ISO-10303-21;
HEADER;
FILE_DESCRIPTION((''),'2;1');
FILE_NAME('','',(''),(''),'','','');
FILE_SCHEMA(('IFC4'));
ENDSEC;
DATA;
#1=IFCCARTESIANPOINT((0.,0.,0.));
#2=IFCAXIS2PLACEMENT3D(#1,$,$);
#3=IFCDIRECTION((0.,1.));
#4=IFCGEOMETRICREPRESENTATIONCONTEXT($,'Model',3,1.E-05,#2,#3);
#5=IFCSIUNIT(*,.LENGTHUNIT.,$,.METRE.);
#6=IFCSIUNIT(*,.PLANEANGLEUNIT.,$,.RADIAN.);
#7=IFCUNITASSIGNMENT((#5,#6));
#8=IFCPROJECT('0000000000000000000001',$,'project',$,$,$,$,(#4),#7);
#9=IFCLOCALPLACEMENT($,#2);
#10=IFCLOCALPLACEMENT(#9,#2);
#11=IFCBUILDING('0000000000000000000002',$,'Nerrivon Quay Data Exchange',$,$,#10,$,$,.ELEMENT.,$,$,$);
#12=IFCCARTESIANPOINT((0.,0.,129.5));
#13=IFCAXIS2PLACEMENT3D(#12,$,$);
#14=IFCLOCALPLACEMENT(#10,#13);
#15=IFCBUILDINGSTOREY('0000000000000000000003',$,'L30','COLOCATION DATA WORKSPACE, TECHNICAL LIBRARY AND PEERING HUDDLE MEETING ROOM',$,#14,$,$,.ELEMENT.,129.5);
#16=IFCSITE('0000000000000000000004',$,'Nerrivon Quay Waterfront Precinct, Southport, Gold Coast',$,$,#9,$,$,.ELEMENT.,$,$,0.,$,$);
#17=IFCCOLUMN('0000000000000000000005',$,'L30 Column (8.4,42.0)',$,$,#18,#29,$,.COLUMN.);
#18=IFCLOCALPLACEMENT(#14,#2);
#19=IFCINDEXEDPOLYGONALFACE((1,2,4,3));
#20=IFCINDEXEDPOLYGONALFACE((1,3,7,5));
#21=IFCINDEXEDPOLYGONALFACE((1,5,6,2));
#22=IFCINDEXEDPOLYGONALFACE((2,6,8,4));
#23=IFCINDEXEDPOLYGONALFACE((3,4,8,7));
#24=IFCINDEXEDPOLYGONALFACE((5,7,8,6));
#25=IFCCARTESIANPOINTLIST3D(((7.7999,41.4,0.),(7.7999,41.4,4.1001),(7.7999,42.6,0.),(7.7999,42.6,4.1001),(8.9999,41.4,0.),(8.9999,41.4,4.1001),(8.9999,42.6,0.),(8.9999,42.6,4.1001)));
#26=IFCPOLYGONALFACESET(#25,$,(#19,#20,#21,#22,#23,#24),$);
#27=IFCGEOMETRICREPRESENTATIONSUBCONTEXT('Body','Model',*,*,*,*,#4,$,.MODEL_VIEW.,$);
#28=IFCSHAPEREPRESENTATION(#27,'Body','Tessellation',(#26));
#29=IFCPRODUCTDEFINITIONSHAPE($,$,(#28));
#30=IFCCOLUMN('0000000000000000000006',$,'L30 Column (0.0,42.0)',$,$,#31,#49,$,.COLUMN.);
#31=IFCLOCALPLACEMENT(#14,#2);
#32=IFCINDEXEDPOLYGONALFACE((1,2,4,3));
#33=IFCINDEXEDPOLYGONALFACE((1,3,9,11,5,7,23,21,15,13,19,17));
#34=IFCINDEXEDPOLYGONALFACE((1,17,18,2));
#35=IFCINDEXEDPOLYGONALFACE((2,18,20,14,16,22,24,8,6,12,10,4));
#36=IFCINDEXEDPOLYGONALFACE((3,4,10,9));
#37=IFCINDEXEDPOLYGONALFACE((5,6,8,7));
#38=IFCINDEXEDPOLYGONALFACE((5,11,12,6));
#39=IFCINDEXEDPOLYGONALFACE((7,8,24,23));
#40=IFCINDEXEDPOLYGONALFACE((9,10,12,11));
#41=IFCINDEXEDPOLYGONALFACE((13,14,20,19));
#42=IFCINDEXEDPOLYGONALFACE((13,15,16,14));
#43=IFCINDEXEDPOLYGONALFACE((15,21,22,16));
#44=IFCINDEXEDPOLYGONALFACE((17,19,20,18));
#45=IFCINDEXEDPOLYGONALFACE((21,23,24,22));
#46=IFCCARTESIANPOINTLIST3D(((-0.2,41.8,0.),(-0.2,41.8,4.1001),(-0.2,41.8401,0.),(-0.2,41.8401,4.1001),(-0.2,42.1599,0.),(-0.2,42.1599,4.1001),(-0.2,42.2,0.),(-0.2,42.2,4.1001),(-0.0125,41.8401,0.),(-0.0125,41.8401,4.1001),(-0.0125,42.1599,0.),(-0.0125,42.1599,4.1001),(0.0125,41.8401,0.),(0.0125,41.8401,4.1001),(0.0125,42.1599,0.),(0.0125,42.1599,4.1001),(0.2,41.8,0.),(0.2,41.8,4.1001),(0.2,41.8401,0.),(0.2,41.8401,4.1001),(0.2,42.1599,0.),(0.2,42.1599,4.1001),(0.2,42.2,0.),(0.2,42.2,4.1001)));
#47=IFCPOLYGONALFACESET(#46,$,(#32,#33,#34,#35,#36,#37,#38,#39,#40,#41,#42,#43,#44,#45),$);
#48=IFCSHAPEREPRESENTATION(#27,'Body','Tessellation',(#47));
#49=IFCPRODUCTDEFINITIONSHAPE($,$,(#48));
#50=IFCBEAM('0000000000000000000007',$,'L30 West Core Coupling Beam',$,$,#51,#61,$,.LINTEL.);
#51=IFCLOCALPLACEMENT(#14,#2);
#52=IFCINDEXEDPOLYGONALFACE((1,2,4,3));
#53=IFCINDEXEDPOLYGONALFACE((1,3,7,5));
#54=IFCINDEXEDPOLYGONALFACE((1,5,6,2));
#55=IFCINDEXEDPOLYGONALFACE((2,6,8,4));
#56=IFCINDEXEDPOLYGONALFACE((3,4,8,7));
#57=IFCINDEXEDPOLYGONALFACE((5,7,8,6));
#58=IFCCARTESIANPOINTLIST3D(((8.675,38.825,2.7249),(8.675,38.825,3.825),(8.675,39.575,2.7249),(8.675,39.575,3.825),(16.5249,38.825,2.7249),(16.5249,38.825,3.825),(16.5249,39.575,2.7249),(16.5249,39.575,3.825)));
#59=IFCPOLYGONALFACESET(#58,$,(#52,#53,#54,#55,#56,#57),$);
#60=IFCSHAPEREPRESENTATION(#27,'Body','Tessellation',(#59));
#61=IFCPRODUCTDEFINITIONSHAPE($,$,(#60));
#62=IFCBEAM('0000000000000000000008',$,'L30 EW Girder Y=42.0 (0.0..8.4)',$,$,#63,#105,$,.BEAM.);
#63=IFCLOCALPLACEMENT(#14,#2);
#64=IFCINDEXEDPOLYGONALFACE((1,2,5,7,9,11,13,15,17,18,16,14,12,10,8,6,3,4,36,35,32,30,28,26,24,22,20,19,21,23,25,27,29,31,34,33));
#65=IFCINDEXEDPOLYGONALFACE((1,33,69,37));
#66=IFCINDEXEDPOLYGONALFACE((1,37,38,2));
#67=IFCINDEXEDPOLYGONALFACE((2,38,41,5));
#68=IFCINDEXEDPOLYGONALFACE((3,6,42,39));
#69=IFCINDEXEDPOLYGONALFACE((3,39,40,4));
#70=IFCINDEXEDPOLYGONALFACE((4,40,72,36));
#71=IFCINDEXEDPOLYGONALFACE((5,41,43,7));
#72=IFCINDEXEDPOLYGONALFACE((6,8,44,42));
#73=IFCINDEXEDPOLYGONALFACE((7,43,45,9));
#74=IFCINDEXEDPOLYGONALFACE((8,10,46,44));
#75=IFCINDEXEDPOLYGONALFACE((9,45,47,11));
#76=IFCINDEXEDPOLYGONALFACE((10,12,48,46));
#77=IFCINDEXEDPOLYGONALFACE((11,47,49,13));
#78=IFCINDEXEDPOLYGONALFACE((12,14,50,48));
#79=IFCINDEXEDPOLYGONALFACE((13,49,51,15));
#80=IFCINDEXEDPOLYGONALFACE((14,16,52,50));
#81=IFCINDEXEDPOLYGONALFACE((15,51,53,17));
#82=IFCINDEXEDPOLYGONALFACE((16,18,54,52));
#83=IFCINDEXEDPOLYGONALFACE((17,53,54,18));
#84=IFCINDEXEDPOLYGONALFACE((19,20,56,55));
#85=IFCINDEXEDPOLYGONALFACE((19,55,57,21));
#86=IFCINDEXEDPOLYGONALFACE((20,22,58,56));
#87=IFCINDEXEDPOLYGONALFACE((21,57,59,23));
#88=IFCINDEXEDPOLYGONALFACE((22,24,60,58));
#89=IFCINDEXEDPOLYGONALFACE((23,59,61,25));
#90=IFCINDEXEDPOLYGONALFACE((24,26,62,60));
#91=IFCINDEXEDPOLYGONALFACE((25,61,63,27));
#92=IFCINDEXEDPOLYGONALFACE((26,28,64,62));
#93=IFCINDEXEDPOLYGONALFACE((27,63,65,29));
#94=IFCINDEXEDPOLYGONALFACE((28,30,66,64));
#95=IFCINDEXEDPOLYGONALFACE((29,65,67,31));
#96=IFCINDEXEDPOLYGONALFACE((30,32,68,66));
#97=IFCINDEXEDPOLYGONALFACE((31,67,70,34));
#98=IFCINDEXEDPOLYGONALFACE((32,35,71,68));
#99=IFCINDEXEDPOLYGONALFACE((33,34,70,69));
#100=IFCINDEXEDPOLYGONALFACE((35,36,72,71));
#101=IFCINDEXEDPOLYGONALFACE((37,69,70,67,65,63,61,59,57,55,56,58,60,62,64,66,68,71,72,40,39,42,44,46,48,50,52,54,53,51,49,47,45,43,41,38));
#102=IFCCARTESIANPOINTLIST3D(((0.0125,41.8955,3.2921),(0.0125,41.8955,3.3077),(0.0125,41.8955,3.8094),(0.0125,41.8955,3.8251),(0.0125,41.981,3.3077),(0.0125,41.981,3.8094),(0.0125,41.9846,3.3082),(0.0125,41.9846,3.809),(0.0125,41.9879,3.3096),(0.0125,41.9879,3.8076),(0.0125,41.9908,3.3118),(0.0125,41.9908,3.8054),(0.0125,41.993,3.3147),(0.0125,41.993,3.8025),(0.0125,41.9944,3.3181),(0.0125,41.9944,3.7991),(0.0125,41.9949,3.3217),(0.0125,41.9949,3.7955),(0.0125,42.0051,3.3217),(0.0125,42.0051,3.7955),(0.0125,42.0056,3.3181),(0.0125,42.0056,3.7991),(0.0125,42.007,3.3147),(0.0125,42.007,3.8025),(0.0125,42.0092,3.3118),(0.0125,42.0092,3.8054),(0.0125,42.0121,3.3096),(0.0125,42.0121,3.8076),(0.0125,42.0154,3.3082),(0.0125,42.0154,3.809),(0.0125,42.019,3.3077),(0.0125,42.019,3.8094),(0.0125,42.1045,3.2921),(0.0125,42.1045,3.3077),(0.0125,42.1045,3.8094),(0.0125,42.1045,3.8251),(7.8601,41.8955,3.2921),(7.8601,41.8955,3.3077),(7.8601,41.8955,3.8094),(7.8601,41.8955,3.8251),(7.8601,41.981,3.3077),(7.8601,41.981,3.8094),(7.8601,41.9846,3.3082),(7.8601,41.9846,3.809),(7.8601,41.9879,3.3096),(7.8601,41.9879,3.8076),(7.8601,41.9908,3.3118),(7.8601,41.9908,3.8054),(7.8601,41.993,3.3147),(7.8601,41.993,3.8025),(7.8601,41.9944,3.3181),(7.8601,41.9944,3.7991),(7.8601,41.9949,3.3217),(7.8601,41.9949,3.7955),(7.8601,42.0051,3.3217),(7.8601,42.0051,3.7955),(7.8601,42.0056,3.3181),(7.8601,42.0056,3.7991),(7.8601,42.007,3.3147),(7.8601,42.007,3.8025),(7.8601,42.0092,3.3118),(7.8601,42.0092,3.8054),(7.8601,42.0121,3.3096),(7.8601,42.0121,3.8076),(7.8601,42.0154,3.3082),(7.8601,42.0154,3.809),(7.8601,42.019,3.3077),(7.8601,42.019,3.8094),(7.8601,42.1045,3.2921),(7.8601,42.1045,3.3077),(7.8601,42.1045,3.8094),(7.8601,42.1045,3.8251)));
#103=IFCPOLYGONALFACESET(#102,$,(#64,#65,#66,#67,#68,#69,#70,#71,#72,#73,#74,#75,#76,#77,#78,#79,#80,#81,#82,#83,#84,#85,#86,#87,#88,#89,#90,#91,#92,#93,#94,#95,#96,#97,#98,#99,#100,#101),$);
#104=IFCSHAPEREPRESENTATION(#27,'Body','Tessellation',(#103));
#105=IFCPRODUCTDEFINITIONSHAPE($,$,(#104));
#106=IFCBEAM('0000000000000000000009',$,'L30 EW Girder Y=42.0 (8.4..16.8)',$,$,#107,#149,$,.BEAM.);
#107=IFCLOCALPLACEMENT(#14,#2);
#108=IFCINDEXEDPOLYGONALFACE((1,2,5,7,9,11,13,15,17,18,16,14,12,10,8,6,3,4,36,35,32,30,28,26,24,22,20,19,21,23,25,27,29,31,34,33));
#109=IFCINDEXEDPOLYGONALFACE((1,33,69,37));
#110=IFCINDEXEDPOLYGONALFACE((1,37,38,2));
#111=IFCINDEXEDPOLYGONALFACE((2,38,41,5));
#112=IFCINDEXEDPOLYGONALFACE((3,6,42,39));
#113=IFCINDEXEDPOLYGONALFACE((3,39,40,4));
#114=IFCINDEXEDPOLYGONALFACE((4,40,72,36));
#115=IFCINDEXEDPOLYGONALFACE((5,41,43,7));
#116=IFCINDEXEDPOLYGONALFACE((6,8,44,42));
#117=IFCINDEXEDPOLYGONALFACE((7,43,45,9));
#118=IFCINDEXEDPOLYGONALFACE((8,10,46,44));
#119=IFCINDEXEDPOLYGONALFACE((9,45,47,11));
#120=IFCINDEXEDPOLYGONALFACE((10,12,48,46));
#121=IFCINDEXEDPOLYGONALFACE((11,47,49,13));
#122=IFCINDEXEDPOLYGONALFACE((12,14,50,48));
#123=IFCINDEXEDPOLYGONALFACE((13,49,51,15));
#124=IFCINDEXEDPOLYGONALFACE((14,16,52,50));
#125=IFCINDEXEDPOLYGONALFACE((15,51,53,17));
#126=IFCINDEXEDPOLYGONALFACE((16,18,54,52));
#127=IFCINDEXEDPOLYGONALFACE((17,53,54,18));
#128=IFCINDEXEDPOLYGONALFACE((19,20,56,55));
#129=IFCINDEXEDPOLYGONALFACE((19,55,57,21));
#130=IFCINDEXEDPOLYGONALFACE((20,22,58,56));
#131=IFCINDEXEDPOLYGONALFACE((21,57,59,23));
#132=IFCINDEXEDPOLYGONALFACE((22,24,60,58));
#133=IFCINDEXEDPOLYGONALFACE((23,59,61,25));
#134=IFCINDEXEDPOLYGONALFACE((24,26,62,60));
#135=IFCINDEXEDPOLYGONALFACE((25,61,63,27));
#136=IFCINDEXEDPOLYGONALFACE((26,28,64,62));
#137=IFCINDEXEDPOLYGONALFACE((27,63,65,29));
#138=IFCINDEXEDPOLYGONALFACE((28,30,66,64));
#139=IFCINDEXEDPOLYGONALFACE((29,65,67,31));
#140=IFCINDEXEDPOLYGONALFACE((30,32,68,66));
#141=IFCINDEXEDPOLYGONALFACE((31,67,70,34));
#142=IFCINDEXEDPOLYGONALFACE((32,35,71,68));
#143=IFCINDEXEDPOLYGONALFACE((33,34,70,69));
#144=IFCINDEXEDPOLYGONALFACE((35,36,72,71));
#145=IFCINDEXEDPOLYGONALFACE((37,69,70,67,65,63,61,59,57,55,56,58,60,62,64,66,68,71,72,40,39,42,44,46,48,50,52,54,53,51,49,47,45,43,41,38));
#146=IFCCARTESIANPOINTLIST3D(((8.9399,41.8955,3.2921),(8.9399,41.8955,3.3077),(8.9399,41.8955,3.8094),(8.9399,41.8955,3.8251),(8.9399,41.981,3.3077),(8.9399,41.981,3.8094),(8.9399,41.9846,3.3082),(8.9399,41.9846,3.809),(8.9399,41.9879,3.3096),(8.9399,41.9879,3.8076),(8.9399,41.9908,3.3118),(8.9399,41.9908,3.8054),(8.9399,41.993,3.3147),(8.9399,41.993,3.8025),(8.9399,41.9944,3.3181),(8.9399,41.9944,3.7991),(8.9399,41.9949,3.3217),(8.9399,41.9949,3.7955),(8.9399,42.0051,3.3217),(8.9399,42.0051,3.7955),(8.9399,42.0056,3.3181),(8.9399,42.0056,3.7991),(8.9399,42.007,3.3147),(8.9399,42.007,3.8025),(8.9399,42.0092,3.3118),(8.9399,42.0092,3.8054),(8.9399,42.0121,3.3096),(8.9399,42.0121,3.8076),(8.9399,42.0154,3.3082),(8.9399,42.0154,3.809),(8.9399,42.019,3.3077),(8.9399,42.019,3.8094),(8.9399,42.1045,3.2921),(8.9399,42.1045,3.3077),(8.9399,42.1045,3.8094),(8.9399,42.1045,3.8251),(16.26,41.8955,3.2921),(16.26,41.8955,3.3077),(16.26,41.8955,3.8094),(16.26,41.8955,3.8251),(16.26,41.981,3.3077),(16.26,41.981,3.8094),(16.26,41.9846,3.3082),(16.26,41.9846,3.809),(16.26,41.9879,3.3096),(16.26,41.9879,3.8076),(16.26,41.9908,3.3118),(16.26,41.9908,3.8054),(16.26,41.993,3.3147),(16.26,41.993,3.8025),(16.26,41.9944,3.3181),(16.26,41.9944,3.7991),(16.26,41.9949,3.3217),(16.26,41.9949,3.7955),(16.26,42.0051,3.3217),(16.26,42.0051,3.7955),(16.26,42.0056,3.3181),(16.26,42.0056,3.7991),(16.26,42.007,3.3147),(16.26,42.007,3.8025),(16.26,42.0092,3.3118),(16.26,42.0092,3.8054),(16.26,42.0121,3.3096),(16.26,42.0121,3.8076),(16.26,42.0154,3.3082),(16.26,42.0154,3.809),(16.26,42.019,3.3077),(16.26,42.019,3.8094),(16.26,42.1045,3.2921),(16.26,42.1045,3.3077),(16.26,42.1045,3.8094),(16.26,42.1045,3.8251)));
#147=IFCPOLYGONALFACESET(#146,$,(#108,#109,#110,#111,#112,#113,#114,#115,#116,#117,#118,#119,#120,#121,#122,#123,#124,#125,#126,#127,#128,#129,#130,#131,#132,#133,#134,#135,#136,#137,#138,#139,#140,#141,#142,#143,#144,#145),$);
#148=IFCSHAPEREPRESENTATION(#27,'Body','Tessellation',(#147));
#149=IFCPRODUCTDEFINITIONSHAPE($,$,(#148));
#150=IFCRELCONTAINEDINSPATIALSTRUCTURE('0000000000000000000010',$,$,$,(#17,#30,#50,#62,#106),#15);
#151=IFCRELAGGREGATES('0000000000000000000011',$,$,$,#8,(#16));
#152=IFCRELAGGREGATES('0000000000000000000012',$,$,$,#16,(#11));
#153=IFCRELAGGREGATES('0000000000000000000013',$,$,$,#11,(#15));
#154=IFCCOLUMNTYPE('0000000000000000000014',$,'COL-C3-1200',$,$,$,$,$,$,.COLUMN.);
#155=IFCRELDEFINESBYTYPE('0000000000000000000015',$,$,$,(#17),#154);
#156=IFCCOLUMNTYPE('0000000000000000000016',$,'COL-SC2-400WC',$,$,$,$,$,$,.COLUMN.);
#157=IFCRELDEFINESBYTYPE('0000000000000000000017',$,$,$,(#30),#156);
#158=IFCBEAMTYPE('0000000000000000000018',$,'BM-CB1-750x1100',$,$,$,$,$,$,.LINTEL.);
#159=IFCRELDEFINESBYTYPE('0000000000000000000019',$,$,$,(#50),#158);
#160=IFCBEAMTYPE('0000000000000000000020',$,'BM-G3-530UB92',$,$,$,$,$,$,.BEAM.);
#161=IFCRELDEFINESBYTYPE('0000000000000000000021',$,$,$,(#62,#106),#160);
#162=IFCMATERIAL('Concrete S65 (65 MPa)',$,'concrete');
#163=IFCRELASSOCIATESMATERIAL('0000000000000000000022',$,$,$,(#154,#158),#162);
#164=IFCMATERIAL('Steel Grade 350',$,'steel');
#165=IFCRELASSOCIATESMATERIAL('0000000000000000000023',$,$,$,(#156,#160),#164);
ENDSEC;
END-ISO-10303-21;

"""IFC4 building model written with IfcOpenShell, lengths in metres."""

from ifc_helpers import new_model, si_unit, direction, frame, origin, origin_2d, place, context, subcontext, project, spatial, rectangle, i_section, extrude, material, material_profile, profile_set, type_object, element, save


model = new_model("IFC4")

# Units and contexts
model_context = context("Model", 3, precision=1e-05, world=origin(), true_north=direction((0.0, 1.0)))
body_context = subcontext(model_context, "Body", "Model", "MODEL_VIEW")
ifc_project = project(units=[si_unit("LENGTHUNIT", "METRE"), si_unit("PLANEANGLEUNIT", "RADIAN")], contexts=[model_context])

# Site, building, storey
site_placement = place(None, origin())
site = spatial("IfcSite", under=ifc_project, at=site_placement, Name="Nerrivon Quay Waterfront Precinct, Southport, Gold Coast", CompositionType="ELEMENT", RefElevation=0.0)
building_placement = place(site_placement, origin())
building = spatial("IfcBuilding", under=site, at=building_placement, Name="Nerrivon Quay Data Exchange", CompositionType="ELEMENT")
storey_placement = place(building_placement, frame((0.0, 0.0, 129.5)))
storey = spatial("IfcBuildingStorey", under=building, at=storey_placement, Name="L30", Description="COLOCATION DATA WORKSPACE, TECHNICAL LIBRARY AND PEERING HUDDLE MEETING ROOM", CompositionType="ELEMENT", Elevation=129.5)

# Columns
ifc_material_1 = material(Name="Concrete S65 (65 MPa)", Category="concrete")
ifc_material_profile_1 = material_profile(ifc_material_1, rectangle(XDim=1.2, YDim=1.2, at=origin_2d()), Name="RC-COL-1200x1200")
ifc_profile_set_1 = profile_set([ifc_material_profile_1], Name="Concrete S65 (65 MPa)")
column_type_1 = type_object("IfcColumnType", Name="COL-C3-1200", PredefinedType="COLUMN", material=ifc_profile_set_1)
column_1_placement = place(storey_placement, frame((8.3999, 42.0, 0.0), z_axis=(0.0, 0.0, 1.0), x_axis=(1.0, 0.0, 0.0)))
element("IfcColumn", 1, at=column_1_placement, inside=storey, type_object=column_type_1, Name="L30 Column (8.4,42.0)", PredefinedType="COLUMN", context=body_context, shape_type="SweptSolid", body=[
    extrude(rectangle(XDim=1.2, YDim=1.2, at=origin_2d()), origin(), (0.0, 0.0, 1.0), 4.1001),
])
ifc_material_2 = material(Name="Steel Grade 350", Category="steel")
ifc_material_profile_2 = material_profile(ifc_material_2, i_section(OverallWidth=0.3999, OverallDepth=0.3999, WebThickness=0.0249, FlangeThickness=0.04, at=origin_2d()), Name="400WC328")
ifc_profile_set_2 = profile_set([ifc_material_profile_2], Name="Steel Grade 350")
column_type_2 = type_object("IfcColumnType", Name="COL-SC2-400WC", PredefinedType="COLUMN", material=ifc_profile_set_2)
column_2_placement = place(storey_placement, frame((0.0, 42.0, 0.0), z_axis=(0.0, 0.0, 1.0), x_axis=(1.0, 0.0, 0.0)))
element("IfcColumn", 2, at=column_2_placement, inside=storey, type_object=column_type_2, Name="L30 Column (0.0,42.0)", PredefinedType="COLUMN", context=body_context, shape_type="SweptSolid", body=[
    extrude(i_section(OverallWidth=0.3999, OverallDepth=0.3999, WebThickness=0.0249, FlangeThickness=0.04, at=origin_2d()), origin(), (0.0, 0.0, 1.0), 4.1001),
])

# Beams
ifc_material_profile_3 = material_profile(ifc_material_1, rectangle(XDim=0.75, YDim=1.1001, at=origin_2d()), Name="RC-CB-750x1100")
ifc_profile_set_3 = profile_set([ifc_material_profile_3], Name="Concrete S65 (65 MPa)")
beam_type_1 = type_object("IfcBeamType", Name="BM-CB1-750x1100", PredefinedType="LINTEL", material=ifc_profile_set_3)
beam_1_placement = place(storey_placement, frame((8.675, 39.2, 3.2749), z_axis=(1.0, 0.0, 0.0), x_axis=(0.0, 1.0, 0.0)))
element("IfcBeam", 3, at=beam_1_placement, inside=storey, type_object=beam_type_1, Name="L30 West Core Coupling Beam", PredefinedType="LINTEL", context=body_context, shape_type="SweptSolid", body=[
    extrude(rectangle(XDim=0.75, YDim=1.1001, at=origin_2d()), origin(), (0.0, 0.0, 1.0), 7.8499),
])
ifc_material_profile_4 = material_profile(ifc_material_2, i_section(OverallWidth=0.209, OverallDepth=0.533, WebThickness=0.0103, FlangeThickness=0.0156, FilletRadius=0.0139, at=origin_2d()), Name="530UB92.4")
ifc_profile_set_4 = profile_set([ifc_material_profile_4], Name="Steel Grade 350")
beam_type_2 = type_object("IfcBeamType", Name="BM-G3-530UB92", PredefinedType="BEAM", material=ifc_profile_set_4)
beam_2_placement = place(storey_placement, frame((0.0125, 42.0, 3.5586), z_axis=(1.0, 0.0, 0.0), x_axis=(0.0, 1.0, 0.0)))
element("IfcBeam", 4, at=beam_2_placement, inside=storey, type_object=beam_type_2, Name="L30 EW Girder Y=42.0 (0.0..8.4)", PredefinedType="BEAM", context=body_context, shape_type="SweptSolid", body=[
    extrude(i_section(OverallWidth=0.209, OverallDepth=0.533, WebThickness=0.0103, FlangeThickness=0.0156, FilletRadius=0.0139, at=origin_2d()), origin(), (0.0, 0.0, 1.0), 7.8477),
])
beam_3_placement = place(storey_placement, frame((8.9399, 42.0, 3.5586), z_axis=(1.0, 0.0, 0.0), x_axis=(0.0, 1.0, 0.0)))
element("IfcBeam", 5, at=beam_3_placement, inside=storey, type_object=beam_type_2, Name="L30 EW Girder Y=42.0 (8.4..16.8)", PredefinedType="BEAM", context=body_context, shape_type="SweptSolid", body=[
    extrude(i_section(OverallWidth=0.209, OverallDepth=0.533, WebThickness=0.0103, FlangeThickness=0.0156, FilletRadius=0.0139, at=origin_2d()), origin(), (0.0, 0.0, 1.0), 7.3201),
])

save(model, "model.ifc")
